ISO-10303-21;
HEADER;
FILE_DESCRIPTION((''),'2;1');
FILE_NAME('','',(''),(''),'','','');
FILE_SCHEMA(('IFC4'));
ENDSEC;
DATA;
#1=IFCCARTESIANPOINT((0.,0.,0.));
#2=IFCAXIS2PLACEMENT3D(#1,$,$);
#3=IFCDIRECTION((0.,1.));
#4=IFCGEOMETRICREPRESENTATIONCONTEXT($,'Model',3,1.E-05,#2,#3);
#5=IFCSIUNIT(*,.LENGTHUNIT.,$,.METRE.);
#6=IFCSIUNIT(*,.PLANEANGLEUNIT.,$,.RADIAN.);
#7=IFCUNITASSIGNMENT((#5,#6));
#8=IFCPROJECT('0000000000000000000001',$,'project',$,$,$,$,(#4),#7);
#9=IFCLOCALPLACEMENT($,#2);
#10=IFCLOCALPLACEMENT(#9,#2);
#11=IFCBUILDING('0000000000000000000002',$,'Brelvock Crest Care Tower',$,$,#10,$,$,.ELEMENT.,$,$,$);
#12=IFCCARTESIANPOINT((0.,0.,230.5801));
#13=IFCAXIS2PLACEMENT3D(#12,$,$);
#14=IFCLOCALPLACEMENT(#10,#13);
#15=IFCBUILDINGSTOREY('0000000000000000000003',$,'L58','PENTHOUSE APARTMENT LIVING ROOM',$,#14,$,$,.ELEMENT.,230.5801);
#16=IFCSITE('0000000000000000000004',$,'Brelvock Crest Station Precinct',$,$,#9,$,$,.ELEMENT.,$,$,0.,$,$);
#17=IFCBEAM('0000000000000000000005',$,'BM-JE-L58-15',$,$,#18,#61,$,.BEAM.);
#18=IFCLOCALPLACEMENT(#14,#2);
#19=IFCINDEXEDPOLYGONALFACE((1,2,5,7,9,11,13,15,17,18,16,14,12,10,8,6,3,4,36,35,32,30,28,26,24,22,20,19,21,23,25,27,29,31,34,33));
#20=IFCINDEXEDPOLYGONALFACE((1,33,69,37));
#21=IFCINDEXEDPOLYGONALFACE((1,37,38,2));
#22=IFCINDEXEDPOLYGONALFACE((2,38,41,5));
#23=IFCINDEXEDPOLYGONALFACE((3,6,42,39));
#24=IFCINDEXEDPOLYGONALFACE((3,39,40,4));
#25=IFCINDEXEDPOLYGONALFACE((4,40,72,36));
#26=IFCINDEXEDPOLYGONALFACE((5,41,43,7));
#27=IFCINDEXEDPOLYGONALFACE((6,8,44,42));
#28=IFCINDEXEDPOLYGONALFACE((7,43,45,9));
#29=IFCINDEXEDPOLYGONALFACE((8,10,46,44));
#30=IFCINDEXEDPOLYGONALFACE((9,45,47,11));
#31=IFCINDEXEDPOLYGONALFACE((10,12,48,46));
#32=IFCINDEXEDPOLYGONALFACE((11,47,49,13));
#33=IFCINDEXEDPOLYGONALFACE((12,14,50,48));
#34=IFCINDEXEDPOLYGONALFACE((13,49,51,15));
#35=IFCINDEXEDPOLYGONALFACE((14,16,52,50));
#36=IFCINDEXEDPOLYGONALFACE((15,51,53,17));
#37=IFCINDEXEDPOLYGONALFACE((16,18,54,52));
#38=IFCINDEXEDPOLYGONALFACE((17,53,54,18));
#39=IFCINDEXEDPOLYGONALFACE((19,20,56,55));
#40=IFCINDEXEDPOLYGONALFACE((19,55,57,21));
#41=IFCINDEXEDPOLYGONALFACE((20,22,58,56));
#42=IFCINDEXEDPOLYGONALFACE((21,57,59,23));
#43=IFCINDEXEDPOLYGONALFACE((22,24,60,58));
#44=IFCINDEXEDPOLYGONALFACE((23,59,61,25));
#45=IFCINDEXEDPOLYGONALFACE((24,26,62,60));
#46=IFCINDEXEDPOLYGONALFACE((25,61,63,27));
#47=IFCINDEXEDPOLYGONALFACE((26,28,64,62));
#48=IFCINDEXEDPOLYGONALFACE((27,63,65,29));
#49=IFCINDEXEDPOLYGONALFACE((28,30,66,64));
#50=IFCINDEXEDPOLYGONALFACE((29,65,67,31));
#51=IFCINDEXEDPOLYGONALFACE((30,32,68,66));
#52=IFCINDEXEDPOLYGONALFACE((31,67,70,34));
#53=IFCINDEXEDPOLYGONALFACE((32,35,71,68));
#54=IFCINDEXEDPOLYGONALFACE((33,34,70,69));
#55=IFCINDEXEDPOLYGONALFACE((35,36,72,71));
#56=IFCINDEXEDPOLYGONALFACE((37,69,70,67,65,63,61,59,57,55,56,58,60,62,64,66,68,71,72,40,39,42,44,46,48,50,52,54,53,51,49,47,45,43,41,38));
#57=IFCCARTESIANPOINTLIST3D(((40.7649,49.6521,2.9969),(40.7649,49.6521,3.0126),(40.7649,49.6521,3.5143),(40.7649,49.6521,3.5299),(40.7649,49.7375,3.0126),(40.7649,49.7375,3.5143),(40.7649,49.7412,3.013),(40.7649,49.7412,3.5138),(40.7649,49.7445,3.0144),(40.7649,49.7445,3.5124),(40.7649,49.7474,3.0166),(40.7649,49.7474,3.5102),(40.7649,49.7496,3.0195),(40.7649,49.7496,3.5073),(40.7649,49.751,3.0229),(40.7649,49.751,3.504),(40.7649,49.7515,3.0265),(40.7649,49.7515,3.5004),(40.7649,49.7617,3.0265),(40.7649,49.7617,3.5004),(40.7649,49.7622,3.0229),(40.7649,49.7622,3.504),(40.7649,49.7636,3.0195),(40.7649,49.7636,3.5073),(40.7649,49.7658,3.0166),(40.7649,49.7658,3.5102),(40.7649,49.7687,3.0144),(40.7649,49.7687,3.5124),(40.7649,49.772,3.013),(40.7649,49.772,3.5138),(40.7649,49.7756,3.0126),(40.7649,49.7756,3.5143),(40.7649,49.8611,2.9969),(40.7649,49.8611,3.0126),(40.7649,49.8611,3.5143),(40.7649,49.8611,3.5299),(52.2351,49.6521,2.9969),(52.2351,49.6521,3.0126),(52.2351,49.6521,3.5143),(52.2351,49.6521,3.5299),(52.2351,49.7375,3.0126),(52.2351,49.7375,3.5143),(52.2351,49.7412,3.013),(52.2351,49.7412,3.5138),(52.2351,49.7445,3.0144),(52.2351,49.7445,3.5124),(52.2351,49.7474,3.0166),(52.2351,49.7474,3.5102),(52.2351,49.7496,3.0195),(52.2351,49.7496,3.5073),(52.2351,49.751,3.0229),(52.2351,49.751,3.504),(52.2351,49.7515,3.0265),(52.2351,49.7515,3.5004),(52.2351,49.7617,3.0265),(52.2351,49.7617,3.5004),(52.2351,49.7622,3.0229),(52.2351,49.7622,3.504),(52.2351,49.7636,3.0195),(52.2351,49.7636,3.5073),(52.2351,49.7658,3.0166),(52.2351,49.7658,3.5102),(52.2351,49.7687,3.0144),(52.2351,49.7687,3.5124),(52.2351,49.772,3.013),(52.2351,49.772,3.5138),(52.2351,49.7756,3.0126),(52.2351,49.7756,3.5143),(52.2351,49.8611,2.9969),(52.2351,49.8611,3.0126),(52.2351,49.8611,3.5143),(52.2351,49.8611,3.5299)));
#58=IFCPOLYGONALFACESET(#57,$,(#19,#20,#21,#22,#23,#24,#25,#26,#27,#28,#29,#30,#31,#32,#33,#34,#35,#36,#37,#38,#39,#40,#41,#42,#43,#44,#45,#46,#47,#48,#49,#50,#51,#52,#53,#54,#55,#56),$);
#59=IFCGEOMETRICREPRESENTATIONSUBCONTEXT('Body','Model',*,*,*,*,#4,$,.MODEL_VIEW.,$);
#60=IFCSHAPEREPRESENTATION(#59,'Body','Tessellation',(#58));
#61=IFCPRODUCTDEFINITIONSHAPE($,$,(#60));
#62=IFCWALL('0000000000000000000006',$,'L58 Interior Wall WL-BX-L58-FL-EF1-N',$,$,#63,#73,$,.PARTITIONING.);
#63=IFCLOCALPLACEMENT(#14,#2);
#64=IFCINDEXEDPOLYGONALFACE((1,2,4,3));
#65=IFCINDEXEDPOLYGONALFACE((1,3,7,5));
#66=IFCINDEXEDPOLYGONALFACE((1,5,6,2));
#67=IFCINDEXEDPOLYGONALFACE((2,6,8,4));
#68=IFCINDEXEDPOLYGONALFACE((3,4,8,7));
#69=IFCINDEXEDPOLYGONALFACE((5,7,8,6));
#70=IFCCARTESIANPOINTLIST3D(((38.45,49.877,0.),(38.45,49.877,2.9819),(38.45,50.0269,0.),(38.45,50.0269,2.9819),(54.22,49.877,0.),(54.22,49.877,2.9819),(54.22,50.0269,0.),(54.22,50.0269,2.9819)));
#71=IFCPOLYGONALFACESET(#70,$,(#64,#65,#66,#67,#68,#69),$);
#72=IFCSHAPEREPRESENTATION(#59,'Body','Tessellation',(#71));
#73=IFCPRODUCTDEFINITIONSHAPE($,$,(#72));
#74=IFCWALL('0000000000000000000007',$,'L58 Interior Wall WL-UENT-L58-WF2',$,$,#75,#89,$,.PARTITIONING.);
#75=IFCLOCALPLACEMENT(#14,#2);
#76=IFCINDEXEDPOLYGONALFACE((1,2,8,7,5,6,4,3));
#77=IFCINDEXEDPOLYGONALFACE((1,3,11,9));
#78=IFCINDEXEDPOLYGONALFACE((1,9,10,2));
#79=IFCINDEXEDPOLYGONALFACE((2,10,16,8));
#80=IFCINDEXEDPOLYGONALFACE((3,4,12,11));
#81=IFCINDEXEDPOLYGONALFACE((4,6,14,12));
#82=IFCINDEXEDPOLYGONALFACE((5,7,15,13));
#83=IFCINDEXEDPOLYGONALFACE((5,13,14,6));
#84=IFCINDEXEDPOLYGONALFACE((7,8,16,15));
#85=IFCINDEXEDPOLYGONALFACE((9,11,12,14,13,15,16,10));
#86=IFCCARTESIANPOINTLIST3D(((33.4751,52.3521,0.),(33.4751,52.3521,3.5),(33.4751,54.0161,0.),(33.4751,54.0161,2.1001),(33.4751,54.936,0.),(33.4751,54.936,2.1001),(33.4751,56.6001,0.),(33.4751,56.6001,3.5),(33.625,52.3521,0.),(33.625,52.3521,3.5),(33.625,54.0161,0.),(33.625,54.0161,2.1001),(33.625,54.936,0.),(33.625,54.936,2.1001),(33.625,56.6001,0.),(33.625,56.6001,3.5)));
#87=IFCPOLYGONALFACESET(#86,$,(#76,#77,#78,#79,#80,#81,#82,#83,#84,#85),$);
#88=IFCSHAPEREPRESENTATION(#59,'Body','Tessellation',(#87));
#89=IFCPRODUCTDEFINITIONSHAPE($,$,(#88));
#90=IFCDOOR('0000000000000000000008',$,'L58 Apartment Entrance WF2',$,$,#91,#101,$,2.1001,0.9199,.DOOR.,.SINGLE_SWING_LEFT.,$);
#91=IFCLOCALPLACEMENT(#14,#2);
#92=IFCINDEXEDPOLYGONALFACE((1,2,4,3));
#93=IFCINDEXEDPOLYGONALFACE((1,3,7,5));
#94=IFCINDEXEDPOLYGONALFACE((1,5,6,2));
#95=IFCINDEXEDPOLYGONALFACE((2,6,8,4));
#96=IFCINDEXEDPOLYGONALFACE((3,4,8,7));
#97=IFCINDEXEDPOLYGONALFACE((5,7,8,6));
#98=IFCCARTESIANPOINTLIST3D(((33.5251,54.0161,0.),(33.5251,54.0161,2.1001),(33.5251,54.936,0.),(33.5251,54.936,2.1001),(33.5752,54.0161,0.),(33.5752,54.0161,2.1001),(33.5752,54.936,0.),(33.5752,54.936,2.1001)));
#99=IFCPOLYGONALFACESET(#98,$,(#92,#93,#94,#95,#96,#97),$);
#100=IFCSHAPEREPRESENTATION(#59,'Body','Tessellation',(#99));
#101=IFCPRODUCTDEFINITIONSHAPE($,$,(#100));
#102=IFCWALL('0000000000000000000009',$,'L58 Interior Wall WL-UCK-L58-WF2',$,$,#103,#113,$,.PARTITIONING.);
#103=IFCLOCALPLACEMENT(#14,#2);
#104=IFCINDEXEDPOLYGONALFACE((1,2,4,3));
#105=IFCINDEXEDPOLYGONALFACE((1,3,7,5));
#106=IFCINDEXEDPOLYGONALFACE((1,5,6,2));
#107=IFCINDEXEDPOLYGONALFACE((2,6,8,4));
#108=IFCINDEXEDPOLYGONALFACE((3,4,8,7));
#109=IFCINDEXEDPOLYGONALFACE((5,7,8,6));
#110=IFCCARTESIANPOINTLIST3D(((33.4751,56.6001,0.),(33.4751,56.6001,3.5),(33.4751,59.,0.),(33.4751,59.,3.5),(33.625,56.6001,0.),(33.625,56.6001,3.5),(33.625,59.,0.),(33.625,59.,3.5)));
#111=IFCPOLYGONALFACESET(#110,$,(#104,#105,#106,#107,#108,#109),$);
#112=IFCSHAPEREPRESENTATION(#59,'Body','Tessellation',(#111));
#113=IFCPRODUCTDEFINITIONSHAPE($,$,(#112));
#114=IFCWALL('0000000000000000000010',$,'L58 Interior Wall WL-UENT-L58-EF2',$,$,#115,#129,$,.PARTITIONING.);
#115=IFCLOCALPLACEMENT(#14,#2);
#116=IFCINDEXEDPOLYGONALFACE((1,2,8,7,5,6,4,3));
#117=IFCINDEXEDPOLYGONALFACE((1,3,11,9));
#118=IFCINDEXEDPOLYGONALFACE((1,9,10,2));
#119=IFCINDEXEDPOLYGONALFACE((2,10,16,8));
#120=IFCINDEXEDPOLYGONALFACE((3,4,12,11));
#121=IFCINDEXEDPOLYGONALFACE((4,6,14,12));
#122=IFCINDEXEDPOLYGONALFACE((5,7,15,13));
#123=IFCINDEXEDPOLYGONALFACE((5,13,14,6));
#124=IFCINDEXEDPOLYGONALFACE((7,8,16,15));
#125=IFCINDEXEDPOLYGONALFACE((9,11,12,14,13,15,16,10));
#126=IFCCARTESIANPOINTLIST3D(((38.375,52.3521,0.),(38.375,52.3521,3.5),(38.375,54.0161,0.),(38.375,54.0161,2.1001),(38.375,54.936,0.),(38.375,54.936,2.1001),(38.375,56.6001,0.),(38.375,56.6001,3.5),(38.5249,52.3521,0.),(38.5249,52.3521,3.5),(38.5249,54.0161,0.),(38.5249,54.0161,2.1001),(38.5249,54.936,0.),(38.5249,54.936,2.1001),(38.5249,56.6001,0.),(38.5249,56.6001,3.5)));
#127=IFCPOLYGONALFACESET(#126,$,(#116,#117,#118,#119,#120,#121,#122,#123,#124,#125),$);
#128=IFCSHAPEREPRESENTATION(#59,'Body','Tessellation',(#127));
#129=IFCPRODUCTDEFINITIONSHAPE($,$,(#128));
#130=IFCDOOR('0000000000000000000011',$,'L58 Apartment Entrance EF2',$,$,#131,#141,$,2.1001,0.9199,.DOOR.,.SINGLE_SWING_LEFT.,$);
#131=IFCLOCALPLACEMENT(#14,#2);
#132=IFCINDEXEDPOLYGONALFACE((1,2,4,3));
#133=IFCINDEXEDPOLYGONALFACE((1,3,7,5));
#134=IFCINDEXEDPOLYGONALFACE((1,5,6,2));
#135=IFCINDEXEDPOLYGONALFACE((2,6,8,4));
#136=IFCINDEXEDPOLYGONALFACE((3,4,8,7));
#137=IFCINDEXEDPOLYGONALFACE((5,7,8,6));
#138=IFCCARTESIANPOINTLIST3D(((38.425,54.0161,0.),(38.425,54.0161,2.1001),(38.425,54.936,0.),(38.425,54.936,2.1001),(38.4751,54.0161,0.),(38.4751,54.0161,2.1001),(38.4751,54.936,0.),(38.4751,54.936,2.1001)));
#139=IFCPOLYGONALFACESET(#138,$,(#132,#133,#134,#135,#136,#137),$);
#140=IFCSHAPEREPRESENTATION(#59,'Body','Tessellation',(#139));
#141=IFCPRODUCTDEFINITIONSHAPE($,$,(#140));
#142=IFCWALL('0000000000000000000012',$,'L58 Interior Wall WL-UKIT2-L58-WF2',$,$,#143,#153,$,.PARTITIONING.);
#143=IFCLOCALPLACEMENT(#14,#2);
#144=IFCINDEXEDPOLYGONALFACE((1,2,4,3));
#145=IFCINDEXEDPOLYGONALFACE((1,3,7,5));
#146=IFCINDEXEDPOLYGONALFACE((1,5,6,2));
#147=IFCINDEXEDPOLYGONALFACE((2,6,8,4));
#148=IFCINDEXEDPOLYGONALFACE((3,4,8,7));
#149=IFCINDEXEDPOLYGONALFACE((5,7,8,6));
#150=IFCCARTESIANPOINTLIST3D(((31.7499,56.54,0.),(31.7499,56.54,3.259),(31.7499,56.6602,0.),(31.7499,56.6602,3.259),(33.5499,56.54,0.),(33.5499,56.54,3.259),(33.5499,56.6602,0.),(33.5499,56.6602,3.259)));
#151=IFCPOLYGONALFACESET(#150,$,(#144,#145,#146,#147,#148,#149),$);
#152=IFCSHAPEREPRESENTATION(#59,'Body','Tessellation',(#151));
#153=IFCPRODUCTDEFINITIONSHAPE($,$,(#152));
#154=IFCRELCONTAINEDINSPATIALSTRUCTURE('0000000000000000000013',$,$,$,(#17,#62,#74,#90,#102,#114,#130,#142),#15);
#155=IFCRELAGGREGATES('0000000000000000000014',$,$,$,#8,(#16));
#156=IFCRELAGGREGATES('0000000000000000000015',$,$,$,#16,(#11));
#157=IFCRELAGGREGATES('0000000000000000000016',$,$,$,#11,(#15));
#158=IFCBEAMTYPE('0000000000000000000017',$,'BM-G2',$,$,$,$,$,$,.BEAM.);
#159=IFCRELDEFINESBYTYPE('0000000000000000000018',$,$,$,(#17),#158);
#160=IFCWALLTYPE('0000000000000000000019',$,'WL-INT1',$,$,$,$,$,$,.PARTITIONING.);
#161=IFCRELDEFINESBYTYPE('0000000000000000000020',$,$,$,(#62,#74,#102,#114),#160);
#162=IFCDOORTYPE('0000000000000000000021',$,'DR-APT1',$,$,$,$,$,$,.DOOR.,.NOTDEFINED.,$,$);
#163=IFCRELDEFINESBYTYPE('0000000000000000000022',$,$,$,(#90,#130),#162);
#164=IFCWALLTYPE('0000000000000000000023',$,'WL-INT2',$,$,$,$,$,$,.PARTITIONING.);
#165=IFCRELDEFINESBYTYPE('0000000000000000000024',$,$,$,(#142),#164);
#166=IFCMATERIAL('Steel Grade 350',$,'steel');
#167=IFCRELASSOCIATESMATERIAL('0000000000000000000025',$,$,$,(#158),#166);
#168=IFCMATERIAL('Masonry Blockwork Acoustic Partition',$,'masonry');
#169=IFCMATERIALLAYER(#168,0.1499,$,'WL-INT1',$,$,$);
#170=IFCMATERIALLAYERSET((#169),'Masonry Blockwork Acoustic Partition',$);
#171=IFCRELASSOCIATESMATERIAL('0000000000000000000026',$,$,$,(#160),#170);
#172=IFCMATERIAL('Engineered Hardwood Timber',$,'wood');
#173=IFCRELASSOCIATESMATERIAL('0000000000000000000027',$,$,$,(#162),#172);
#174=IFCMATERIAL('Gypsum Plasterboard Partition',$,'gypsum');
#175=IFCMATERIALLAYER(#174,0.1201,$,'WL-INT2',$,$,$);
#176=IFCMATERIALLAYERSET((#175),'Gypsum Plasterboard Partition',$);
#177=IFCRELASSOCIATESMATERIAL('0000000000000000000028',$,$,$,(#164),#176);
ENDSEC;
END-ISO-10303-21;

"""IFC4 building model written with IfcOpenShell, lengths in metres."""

from ifc_helpers import new_model, si_unit, direction, frame, frame_2d, origin, origin_2d, place, context, subcontext, project, spatial, rectangle, i_section, extrude, source, transform, mapped, material, layer, layer_set, material_profile, profile_set, type_object, element, fill, save


model = new_model("IFC4")

# Units and contexts
model_context = context("Model", 3, precision=1e-05, world=origin(), true_north=direction((0.0, 1.0)))
body_context = subcontext(model_context, "Body", "Model", "MODEL_VIEW")
ifc_project = project(units=[si_unit("LENGTHUNIT", "METRE"), si_unit("PLANEANGLEUNIT", "RADIAN")], contexts=[model_context])

# Site, building, storey
site_placement = place(None, origin())
site = spatial("IfcSite", under=ifc_project, at=site_placement, Name="Brelvock Crest Station Precinct", CompositionType="ELEMENT", RefElevation=0.0)
building_placement = place(site_placement, origin())
building = spatial("IfcBuilding", under=site, at=building_placement, Name="Brelvock Crest Care Tower", CompositionType="ELEMENT")
storey_placement = place(building_placement, frame((0.0, 0.0, 230.5801)))
storey = spatial("IfcBuildingStorey", under=building, at=storey_placement, Name="L58", Description="PENTHOUSE APARTMENT LIVING ROOM", CompositionType="ELEMENT", Elevation=230.5801)

# Beam
ifc_material_1 = material(Name="Steel Grade 350", Category="steel")
ifc_material_profile_1 = material_profile(ifc_material_1, i_section(OverallWidth=0.209, OverallDepth=0.533, WebThickness=0.0103, FlangeThickness=0.0156, FilletRadius=0.0139, at=origin_2d()), Name="530UB92.4")
ifc_profile_set_1 = profile_set([ifc_material_profile_1], Name="Steel Grade 350")
beam_type_1 = type_object("IfcBeamType", Name="BM-G2", PredefinedType="BEAM", material=ifc_profile_set_1)
shared_shape_1 = source(origin(), body_context, "Body", "SweptSolid", [
    extrude(i_section(OverallWidth=0.209, OverallDepth=0.533, WebThickness=0.0103, FlangeThickness=0.0156, FilletRadius=0.0139, at=origin_2d()), origin(), (0.0, 0.0, 1.0), 11.4702),
])
for number, where, z_axis, x_axis, name in (
    (1, (40.7649, 49.7566, 3.2634), (1.0, 0.0, 0.0), (0.0, 1.0, 0.0), "BM-JE-L58-15"),
):
    element("IfcBeam", number, at=place(storey_placement, frame(where, z_axis=z_axis, x_axis=x_axis)), inside=storey, type_object=beam_type_1, Name=name, PredefinedType="BEAM", context=body_context, shape_type="MappedRepresentation", body=[
        mapped(shared_shape_1, transform((0.0, 0.0, 0.0), x_axis=(1.0, 0.0, 0.0), y_axis=(0.0, 1.0, 0.0), z_axis=(0.0, 0.0, 1.0), scale=1.0)),
    ])

# Wall
ifc_material_2 = material(Name="Masonry Blockwork Acoustic Partition", Category="masonry")
ifc_layer_1 = layer(ifc_material_2, 0.1499, Name="WL-INT1")
ifc_layer_set_1 = layer_set([ifc_layer_1], Name="Masonry Blockwork Acoustic Partition")
wall_type_1 = type_object("IfcWallType", Name="WL-INT1", PredefinedType="PARTITIONING", material=ifc_layer_set_1)
wall_1_placement = place(storey_placement, frame((38.45, 49.9519, 0.0), z_axis=(0.0, 0.0, 1.0), x_axis=(1.0, 0.0, 0.0)))
element("IfcWall", 2, at=wall_1_placement, inside=storey, type_object=wall_type_1, Name="L58 Interior Wall WL-BX-L58-FL-EF1-N", PredefinedType="PARTITIONING", context=body_context, shape_type="SweptSolid", body=[
    extrude(rectangle(XDim=15.77, YDim=0.1499, at=frame_2d((7.885, 0.0))), origin(), (0.0, 0.0, 1.0), 2.9819),
])

# Wall, opening, door
wall_2_placement = place(storey_placement, frame((33.55, 52.3521, 0.0), z_axis=(0.0, 0.0, 1.0), x_axis=(0.0, 1.0, 0.0)))
wall_2 = element("IfcWall", 3, at=wall_2_placement, inside=storey, type_object=wall_type_1, Name="L58 Interior Wall WL-UENT-L58-WF2", PredefinedType="PARTITIONING", context=body_context, shape_type="SweptSolid", body=[
    extrude(rectangle(XDim=4.248, YDim=0.1499, at=frame_2d((2.124, 0.0))), origin(), (0.0, 0.0, 1.0), 3.5),
])
opening_1_placement = place(wall_2_placement, frame((1.6641, 0.0, 0.0)))
opening_1 = element("IfcOpeningElement", 4, at=opening_1_placement, cuts=wall_2, PredefinedType="OPENING", context=body_context, shape_type="SweptSolid", body=[
    extrude(rectangle(XDim=0.9199, YDim=2.1001, at=origin_2d()), frame((0.46, 0.085, 1.05), z_axis=(0.0, -1.0, 0.0), x_axis=(1.0, 0.0, 0.0)), (0.0, 0.0, 1.0), 0.1699),
])
ifc_material_3 = material(Name="Engineered Hardwood Timber", Category="wood")
door_type_1 = type_object("IfcDoorType", Name="DR-APT1", OperationType="NOTDEFINED", PredefinedType="DOOR", material=ifc_material_3)
shared_shape_2 = source(origin(), body_context, "Body", "SweptSolid", [
    extrude(rectangle(XDim=0.9199, YDim=2.1001, at=origin_2d()), frame((0.46, 0.0249, 1.05), z_axis=(0.0, -1.0, 0.0), x_axis=(1.0, 0.0, 0.0)), (0.0, 0.0, 1.0), 0.05),
])
door_1_placement = place(opening_1_placement, origin())
door_1 = element("IfcDoor", 5, at=door_1_placement, inside=storey, type_object=door_type_1, Name="L58 Apartment Entrance WF2", OperationType="SINGLE_SWING_LEFT", OverallHeight=2.1001, OverallWidth=0.9199, PredefinedType="DOOR", context=body_context, shape_type="MappedRepresentation", body=[
    mapped(shared_shape_2, transform((0.0, 0.0, 0.0), x_axis=(1.0, 0.0, 0.0), y_axis=(0.0, 1.0, 0.0), z_axis=(0.0, 0.0, 1.0), scale=1.0)),
])
fill(opening_1, door_1)

# Wall
wall_3_placement = place(storey_placement, frame((33.55, 56.6001, 0.0), z_axis=(0.0, 0.0, 1.0), x_axis=(0.0, 1.0, 0.0)))
element("IfcWall", 6, at=wall_3_placement, inside=storey, type_object=wall_type_1, Name="L58 Interior Wall WL-UCK-L58-WF2", PredefinedType="PARTITIONING", context=body_context, shape_type="SweptSolid", body=[
    extrude(rectangle(XDim=2.3999, YDim=0.1499, at=frame_2d((1.2, 0.0))), origin(), (0.0, 0.0, 1.0), 3.5),
])

# Wall, opening, door
wall_4_placement = place(storey_placement, frame((38.45, 52.3521, 0.0), z_axis=(0.0, 0.0, 1.0), x_axis=(0.0, 1.0, 0.0)))
wall_4 = element("IfcWall", 7, at=wall_4_placement, inside=storey, type_object=wall_type_1, Name="L58 Interior Wall WL-UENT-L58-EF2", PredefinedType="PARTITIONING", context=body_context, shape_type="SweptSolid", body=[
    extrude(rectangle(XDim=4.248, YDim=0.1499, at=frame_2d((2.124, 0.0))), origin(), (0.0, 0.0, 1.0), 3.5),
])
opening_2_placement = place(wall_4_placement, frame((1.6641, 0.0, 0.0)))
opening_2 = element("IfcOpeningElement", 8, at=opening_2_placement, cuts=wall_4, PredefinedType="OPENING", context=body_context, shape_type="SweptSolid", body=[
    extrude(rectangle(XDim=0.9199, YDim=2.1001, at=origin_2d()), frame((0.46, 0.085, 1.05), z_axis=(0.0, -1.0, 0.0), x_axis=(1.0, 0.0, 0.0)), (0.0, 0.0, 1.0), 0.1699),
])
door_2_placement = place(opening_2_placement, origin())
door_2 = element("IfcDoor", 9, at=door_2_placement, inside=storey, type_object=door_type_1, Name="L58 Apartment Entrance EF2", OperationType="SINGLE_SWING_LEFT", OverallHeight=2.1001, OverallWidth=0.9199, PredefinedType="DOOR", context=body_context, shape_type="MappedRepresentation", body=[
    mapped(shared_shape_2, transform((0.0, 0.0, 0.0), x_axis=(1.0, 0.0, 0.0), y_axis=(0.0, 1.0, 0.0), z_axis=(0.0, 0.0, 1.0), scale=1.0)),
])
fill(opening_2, door_2)

# Wall
ifc_material_4 = material(Name="Gypsum Plasterboard Partition", Category="gypsum")
ifc_layer_2 = layer(ifc_material_4, 0.1201, Name="WL-INT2")
ifc_layer_set_2 = layer_set([ifc_layer_2], Name="Gypsum Plasterboard Partition")
wall_type_2 = type_object("IfcWallType", Name="WL-INT2", PredefinedType="PARTITIONING", material=ifc_layer_set_2)
wall_5_placement = place(storey_placement, frame((31.75, 56.6001, 0.0), z_axis=(0.0, 0.0, 1.0), x_axis=(1.0, 0.0, 0.0)))
element("IfcWall", 10, at=wall_5_placement, inside=storey, type_object=wall_type_2, Name="L58 Interior Wall WL-UKIT2-L58-WF2", PredefinedType="PARTITIONING", context=body_context, shape_type="SweptSolid", body=[
    extrude(rectangle(XDim=1.8, YDim=0.1201, at=frame_2d((0.8999, 0.0))), origin(), (0.0, 0.0, 1.0), 3.259),
])

save(model, "model.ifc")
